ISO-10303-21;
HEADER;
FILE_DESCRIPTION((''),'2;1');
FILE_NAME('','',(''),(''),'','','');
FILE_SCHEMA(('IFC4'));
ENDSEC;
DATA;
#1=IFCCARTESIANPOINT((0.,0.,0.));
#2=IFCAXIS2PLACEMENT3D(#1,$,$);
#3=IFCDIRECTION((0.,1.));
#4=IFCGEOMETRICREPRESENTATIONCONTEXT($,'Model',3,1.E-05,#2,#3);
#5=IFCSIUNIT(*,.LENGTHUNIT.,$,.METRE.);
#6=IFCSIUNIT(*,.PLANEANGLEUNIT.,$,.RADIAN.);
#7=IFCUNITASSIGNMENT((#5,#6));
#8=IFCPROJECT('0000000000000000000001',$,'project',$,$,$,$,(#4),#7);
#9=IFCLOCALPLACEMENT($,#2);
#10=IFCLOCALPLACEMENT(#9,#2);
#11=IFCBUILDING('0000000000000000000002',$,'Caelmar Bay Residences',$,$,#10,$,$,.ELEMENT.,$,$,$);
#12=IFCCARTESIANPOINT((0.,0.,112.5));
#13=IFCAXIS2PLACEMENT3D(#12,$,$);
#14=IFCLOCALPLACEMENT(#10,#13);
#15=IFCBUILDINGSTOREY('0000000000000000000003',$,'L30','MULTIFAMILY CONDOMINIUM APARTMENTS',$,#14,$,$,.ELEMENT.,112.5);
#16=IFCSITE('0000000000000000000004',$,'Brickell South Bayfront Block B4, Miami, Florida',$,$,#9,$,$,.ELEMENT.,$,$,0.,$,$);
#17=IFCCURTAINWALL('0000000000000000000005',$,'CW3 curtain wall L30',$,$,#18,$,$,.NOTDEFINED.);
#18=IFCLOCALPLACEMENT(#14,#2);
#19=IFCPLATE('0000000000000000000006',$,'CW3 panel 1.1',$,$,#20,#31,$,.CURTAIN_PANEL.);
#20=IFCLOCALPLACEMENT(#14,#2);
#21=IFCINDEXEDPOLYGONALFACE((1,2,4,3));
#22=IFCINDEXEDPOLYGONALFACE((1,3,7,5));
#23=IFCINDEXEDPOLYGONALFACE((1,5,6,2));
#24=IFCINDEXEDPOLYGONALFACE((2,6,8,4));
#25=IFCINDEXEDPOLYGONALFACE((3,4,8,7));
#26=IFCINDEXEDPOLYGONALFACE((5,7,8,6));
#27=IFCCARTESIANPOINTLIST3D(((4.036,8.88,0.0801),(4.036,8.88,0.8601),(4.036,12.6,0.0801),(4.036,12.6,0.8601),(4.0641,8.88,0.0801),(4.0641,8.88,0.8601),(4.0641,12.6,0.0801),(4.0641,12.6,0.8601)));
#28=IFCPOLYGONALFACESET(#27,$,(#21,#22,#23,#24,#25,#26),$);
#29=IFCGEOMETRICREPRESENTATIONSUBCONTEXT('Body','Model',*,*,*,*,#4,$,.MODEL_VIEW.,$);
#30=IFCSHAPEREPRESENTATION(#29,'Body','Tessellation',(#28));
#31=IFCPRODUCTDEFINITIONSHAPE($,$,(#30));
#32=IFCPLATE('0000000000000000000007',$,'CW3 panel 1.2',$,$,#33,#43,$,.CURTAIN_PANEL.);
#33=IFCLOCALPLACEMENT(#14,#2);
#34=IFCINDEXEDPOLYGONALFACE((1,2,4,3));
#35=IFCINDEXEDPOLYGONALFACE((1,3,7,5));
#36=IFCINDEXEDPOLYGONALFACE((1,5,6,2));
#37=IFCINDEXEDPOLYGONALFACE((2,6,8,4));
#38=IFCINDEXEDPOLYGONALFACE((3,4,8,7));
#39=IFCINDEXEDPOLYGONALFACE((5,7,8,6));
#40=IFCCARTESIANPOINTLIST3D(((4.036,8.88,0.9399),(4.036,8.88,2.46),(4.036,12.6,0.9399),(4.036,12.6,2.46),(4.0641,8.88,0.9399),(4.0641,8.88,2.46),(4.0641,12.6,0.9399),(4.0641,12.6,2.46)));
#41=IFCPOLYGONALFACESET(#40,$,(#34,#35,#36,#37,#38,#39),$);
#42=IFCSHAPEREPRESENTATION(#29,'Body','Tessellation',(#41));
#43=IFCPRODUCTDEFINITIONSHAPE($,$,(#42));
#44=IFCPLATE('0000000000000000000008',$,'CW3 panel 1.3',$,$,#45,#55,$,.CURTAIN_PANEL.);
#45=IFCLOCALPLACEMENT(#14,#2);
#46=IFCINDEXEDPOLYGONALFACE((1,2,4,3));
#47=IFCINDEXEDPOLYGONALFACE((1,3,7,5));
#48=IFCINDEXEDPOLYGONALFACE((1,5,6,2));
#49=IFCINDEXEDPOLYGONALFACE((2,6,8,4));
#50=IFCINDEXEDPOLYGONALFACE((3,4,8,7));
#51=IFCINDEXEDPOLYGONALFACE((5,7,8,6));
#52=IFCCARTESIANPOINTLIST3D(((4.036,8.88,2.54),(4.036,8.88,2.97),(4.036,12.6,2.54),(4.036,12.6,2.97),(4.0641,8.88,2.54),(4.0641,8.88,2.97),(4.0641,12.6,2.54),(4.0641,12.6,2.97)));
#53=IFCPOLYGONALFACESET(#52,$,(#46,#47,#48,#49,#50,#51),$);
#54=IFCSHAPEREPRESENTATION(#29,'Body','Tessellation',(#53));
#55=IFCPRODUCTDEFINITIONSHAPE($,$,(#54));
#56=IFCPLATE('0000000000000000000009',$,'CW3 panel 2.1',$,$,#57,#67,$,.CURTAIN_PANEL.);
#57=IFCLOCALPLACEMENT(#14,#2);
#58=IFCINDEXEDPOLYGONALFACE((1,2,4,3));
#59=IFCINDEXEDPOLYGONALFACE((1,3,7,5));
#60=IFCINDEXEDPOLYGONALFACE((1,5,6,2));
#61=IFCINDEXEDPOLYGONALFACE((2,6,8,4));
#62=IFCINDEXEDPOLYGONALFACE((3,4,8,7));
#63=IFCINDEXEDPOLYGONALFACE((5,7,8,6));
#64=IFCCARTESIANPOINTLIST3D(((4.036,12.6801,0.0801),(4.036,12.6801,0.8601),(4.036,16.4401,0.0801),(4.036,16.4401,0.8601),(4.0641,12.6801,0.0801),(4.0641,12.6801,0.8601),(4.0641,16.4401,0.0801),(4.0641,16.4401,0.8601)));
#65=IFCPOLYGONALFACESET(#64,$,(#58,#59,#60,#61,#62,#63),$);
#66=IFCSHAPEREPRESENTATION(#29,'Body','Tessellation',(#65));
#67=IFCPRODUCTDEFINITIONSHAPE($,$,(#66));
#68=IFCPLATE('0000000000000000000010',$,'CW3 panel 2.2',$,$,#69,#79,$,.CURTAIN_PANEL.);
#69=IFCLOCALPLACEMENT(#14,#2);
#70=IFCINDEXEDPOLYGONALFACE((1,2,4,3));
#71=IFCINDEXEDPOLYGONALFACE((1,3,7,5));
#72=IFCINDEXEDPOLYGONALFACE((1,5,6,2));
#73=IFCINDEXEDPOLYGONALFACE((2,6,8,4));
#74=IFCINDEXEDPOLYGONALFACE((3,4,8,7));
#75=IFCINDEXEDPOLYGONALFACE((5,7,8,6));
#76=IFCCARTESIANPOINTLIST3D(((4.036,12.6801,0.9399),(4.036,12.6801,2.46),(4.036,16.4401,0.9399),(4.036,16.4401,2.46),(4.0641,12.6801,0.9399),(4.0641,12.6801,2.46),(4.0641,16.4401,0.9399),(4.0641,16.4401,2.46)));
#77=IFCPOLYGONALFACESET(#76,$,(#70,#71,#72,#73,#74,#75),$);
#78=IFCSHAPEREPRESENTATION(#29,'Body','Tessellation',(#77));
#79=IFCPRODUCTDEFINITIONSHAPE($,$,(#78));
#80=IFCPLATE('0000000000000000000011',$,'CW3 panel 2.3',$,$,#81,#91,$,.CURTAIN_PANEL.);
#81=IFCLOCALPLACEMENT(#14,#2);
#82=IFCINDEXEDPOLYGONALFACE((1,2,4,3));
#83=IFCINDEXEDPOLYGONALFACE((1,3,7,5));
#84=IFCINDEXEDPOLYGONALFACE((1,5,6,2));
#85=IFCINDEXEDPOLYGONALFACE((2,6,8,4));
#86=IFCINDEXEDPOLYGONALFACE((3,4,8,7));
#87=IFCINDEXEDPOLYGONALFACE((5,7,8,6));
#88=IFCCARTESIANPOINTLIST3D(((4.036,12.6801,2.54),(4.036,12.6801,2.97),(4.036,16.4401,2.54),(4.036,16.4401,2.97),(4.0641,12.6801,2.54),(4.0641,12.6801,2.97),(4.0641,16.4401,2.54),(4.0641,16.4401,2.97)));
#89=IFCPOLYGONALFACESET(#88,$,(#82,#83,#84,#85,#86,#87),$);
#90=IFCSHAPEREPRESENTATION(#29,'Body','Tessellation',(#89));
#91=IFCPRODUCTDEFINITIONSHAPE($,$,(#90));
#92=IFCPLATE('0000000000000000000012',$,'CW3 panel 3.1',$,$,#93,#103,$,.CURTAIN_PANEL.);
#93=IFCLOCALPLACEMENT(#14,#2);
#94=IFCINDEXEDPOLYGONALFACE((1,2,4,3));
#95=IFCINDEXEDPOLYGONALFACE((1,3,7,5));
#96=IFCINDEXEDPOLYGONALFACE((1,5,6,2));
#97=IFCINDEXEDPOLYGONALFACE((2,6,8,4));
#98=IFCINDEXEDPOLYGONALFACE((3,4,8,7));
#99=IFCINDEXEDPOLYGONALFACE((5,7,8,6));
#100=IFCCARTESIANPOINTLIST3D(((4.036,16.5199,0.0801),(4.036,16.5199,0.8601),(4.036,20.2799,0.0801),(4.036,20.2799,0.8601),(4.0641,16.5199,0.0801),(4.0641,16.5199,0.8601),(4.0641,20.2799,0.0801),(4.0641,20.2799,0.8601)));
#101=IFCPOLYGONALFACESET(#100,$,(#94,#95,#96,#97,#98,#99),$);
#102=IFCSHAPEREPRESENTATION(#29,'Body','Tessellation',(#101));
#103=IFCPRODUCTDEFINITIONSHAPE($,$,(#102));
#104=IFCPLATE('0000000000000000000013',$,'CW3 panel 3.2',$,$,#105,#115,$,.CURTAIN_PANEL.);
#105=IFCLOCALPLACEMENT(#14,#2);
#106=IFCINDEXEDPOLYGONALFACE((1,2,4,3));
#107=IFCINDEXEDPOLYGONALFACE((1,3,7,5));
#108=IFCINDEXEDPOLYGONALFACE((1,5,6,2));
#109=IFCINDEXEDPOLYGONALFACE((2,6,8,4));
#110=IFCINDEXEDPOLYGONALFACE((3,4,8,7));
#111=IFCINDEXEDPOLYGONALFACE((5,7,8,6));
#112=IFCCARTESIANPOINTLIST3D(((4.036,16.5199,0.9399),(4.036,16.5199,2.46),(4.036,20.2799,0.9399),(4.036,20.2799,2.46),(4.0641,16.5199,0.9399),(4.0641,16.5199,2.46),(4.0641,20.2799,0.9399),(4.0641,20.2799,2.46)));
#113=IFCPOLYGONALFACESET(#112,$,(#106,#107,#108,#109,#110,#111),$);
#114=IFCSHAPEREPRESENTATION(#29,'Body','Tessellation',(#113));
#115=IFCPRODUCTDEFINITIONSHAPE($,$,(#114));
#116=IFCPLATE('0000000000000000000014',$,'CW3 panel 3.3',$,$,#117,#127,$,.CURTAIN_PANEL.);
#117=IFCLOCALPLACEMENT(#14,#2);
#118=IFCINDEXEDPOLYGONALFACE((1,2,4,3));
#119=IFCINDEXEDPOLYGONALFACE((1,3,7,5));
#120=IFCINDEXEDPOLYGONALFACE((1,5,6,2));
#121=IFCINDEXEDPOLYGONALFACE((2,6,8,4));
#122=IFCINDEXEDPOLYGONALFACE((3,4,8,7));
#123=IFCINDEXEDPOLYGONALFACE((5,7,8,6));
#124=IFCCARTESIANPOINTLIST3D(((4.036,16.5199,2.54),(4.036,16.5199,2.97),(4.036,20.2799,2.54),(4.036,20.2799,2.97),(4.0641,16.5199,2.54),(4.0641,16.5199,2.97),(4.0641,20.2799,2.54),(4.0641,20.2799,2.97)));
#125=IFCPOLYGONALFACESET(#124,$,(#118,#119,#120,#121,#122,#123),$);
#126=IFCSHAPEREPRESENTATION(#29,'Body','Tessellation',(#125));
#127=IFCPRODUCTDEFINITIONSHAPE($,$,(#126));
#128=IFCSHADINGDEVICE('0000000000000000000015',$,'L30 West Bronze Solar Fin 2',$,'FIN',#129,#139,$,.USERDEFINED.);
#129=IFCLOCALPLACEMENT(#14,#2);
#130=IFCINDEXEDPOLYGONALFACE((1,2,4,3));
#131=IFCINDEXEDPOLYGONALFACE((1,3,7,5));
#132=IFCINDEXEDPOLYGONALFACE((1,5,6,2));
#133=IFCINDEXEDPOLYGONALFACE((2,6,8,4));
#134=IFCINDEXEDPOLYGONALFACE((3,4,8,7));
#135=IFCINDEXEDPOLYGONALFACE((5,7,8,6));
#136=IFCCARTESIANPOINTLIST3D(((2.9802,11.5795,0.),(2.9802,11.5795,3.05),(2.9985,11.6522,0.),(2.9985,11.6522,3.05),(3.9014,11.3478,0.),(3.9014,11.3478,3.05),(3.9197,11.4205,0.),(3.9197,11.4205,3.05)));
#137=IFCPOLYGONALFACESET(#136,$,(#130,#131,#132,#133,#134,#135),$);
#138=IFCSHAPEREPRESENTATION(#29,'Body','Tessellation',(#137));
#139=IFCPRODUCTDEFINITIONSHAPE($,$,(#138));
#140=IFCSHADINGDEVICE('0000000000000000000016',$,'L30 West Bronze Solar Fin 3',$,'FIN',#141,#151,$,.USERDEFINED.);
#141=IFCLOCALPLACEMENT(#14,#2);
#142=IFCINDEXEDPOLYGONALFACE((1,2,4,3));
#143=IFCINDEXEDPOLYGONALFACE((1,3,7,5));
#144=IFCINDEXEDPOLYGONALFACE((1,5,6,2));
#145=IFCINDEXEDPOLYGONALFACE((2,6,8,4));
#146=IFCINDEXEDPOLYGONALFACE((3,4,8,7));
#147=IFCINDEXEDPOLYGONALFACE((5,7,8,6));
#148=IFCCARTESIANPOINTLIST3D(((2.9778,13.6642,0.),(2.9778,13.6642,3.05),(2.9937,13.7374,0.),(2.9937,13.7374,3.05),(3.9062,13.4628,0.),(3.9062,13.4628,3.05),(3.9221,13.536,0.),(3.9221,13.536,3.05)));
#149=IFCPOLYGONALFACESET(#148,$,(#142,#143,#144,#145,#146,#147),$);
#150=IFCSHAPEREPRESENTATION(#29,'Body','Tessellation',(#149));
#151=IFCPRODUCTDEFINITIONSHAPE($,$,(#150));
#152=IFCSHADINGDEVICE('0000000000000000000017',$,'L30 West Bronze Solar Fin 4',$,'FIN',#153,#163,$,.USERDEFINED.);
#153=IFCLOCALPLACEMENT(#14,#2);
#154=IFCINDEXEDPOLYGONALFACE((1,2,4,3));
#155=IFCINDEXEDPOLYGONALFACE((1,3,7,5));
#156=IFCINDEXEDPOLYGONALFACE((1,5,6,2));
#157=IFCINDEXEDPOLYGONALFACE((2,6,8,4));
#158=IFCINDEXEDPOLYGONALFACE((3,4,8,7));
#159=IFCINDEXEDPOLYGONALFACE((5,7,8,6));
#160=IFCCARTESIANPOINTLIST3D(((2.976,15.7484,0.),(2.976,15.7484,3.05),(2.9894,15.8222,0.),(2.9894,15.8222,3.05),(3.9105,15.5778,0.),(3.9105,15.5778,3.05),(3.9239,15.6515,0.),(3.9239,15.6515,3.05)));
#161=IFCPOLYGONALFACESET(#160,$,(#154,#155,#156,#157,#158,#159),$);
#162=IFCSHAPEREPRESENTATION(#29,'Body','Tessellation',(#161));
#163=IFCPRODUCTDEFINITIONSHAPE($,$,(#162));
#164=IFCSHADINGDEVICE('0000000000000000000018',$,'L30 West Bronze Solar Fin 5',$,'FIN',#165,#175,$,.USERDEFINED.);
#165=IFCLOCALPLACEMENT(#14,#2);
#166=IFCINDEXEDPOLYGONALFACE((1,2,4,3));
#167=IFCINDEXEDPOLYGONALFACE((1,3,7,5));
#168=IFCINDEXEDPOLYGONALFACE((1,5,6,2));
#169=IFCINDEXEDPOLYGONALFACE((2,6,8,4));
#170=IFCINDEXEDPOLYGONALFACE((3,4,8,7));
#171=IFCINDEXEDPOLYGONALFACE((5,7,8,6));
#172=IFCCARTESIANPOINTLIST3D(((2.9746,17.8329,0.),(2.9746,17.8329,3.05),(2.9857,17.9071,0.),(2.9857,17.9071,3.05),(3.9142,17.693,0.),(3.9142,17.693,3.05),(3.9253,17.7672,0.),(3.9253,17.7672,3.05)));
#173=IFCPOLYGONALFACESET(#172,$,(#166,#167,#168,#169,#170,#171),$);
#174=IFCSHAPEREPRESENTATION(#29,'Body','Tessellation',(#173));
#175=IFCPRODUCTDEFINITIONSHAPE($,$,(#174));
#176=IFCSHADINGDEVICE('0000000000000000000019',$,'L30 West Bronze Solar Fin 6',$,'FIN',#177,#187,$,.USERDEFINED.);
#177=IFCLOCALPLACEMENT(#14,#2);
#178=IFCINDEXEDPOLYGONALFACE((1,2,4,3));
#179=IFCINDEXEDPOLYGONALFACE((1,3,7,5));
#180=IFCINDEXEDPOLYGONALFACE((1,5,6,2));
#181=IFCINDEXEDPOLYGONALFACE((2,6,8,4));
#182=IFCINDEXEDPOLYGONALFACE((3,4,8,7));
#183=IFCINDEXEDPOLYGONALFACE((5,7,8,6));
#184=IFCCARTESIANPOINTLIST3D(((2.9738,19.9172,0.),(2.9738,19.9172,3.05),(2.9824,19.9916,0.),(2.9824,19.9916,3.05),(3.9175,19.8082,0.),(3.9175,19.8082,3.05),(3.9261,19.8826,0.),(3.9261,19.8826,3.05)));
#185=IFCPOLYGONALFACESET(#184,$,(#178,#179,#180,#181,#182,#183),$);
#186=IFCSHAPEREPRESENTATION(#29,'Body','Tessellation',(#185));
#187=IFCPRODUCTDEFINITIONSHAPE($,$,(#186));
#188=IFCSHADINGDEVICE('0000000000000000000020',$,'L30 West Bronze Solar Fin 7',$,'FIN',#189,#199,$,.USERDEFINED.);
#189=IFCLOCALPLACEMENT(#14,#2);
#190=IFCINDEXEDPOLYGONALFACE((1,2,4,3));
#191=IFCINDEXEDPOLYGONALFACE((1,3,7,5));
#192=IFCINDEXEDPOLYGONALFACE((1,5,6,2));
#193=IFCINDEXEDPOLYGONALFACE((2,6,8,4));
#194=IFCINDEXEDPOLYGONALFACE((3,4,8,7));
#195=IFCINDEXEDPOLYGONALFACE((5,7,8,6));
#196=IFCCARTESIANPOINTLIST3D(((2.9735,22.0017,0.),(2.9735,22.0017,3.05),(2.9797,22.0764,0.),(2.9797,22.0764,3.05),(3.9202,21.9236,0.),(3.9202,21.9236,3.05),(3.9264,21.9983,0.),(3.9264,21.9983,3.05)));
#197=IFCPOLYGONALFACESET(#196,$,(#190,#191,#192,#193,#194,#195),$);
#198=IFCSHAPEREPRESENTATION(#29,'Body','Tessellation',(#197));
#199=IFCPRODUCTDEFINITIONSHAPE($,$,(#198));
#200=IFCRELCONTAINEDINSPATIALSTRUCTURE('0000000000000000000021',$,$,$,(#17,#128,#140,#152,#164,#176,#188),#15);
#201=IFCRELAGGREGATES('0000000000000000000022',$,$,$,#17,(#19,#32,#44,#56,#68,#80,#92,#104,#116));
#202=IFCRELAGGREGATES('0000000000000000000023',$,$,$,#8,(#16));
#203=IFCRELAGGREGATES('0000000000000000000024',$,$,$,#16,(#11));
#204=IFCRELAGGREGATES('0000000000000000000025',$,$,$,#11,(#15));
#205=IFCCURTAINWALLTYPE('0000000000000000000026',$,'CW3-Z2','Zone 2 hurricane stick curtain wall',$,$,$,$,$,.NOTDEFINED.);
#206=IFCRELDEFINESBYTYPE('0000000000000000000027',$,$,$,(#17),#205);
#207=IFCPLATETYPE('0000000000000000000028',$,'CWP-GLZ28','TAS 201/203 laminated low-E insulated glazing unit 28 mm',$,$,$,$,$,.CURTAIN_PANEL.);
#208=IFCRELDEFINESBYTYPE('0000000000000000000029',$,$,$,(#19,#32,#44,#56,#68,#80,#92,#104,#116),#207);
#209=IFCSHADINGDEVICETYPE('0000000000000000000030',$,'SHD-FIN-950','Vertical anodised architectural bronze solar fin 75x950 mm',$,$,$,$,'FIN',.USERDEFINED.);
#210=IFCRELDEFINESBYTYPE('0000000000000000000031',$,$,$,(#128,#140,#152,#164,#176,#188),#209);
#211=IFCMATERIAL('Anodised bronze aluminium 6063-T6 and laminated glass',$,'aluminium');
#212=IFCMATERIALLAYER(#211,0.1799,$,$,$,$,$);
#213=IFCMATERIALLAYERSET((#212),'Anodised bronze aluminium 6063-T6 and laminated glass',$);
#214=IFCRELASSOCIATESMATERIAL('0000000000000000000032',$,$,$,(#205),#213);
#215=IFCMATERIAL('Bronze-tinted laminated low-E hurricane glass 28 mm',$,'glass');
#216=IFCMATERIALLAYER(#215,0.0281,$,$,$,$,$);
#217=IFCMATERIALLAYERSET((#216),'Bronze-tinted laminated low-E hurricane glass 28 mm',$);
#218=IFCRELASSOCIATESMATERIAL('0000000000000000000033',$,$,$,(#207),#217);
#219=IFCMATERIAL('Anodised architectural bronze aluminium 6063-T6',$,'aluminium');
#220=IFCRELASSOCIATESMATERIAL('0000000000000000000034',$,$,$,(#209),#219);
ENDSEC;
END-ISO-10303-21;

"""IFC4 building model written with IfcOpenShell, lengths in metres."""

from ifc_helpers import new_model, si_unit, direction, frame, origin, origin_2d, place, context, subcontext, project, spatial, rectangle, extrude, material, layer, layer_set, material_profile, profile_set, type_object, element, aggregate, save


model = new_model("IFC4")

# Units and contexts
model_context = context("Model", 3, precision=1e-05, world=origin(), true_north=direction((0.0, 1.0)))
body_context = subcontext(model_context, "Body", "Model", "MODEL_VIEW")
ifc_project = project(units=[si_unit("LENGTHUNIT", "METRE"), si_unit("PLANEANGLEUNIT", "RADIAN")], contexts=[model_context])

# Site, building, storey
site_placement = place(None, origin())
site = spatial("IfcSite", under=ifc_project, at=site_placement, Name="Brickell South Bayfront Block B4, Miami, Florida", CompositionType="ELEMENT", RefElevation=0.0)
building_placement = place(site_placement, origin())
building = spatial("IfcBuilding", under=site, at=building_placement, Name="Caelmar Bay Residences", CompositionType="ELEMENT")
storey_placement = place(building_placement, frame((0.0, 0.0, 112.5)))
storey = spatial("IfcBuildingStorey", under=building, at=storey_placement, Name="L30", Description="MULTIFAMILY CONDOMINIUM APARTMENTS", CompositionType="ELEMENT", Elevation=112.5)

# Curtain wall, plates
ifc_material_1 = material(Name="Anodised bronze aluminium 6063-T6 and laminated glass", Category="aluminium")
ifc_layer_1 = layer(ifc_material_1, 0.1799)
ifc_layer_set_1 = layer_set([ifc_layer_1], Name="Anodised bronze aluminium 6063-T6 and laminated glass")
curtain_wall_type = type_object("IfcCurtainWallType", Name="CW3-Z2", Description="Zone 2 hurricane stick curtain wall", PredefinedType="NOTDEFINED", material=ifc_layer_set_1)
curtain_wall_placement = place(storey_placement, origin())
curtain_wall = element("IfcCurtainWall", 1, at=curtain_wall_placement, inside=storey, type_object=curtain_wall_type, Name="CW3 curtain wall L30", PredefinedType="NOTDEFINED")
ifc_material_2 = material(Name="Bronze-tinted laminated low-E hurricane glass 28 mm", Category="glass")
ifc_layer_2 = layer(ifc_material_2, 0.0281)
ifc_layer_set_2 = layer_set([ifc_layer_2], Name="Bronze-tinted laminated low-E hurricane glass 28 mm")
plate_type = type_object("IfcPlateType", Name="CWP-GLZ28", Description="TAS 201/203 laminated low-E insulated glazing unit 28 mm", PredefinedType="CURTAIN_PANEL", material=ifc_layer_set_2)
plate_1_placement = place(storey_placement, frame((4.05, 10.74, 0.0801), z_axis=(0.0, 0.0, 1.0), x_axis=(0.0, 1.0, 0.0)))
plate_1 = element("IfcPlate", 2, at=plate_1_placement, type_object=plate_type, Name="CW3 panel 1.1", PredefinedType="CURTAIN_PANEL", context=body_context, shape_type="SweptSolid", body=[
    extrude(rectangle(XDim=3.72, YDim=0.0281, at=origin_2d()), origin(), (0.0, 0.0, 1.0), 0.78),
])
plate_2_placement = place(storey_placement, frame((4.05, 10.74, 0.9399), z_axis=(0.0, 0.0, 1.0), x_axis=(0.0, 1.0, 0.0)))
plate_2 = element("IfcPlate", 3, at=plate_2_placement, type_object=plate_type, Name="CW3 panel 1.2", PredefinedType="CURTAIN_PANEL", context=body_context, shape_type="SweptSolid", body=[
    extrude(rectangle(XDim=3.72, YDim=0.0281, at=origin_2d()), origin(), (0.0, 0.0, 1.0), 1.52),
])
plate_3_placement = place(storey_placement, frame((4.05, 10.74, 2.54), z_axis=(0.0, 0.0, 1.0), x_axis=(0.0, 1.0, 0.0)))
plate_3 = element("IfcPlate", 4, at=plate_3_placement, type_object=plate_type, Name="CW3 panel 1.3", PredefinedType="CURTAIN_PANEL", context=body_context, shape_type="SweptSolid", body=[
    extrude(rectangle(XDim=3.72, YDim=0.0281, at=origin_2d()), origin(), (0.0, 0.0, 1.0), 0.4299),
])
plate_4_placement = place(storey_placement, frame((4.05, 14.5601, 0.0801), z_axis=(0.0, 0.0, 1.0), x_axis=(0.0, 1.0, 0.0)))
plate_4 = element("IfcPlate", 5, at=plate_4_placement, type_object=plate_type, Name="CW3 panel 2.1", PredefinedType="CURTAIN_PANEL", context=body_context, shape_type="SweptSolid", body=[
    extrude(rectangle(XDim=3.76, YDim=0.0281, at=origin_2d()), origin(), (0.0, 0.0, 1.0), 0.78),
])
plate_5_placement = place(storey_placement, frame((4.05, 14.5601, 0.9399), z_axis=(0.0, 0.0, 1.0), x_axis=(0.0, 1.0, 0.0)))
plate_5 = element("IfcPlate", 6, at=plate_5_placement, type_object=plate_type, Name="CW3 panel 2.2", PredefinedType="CURTAIN_PANEL", context=body_context, shape_type="SweptSolid", body=[
    extrude(rectangle(XDim=3.76, YDim=0.0281, at=origin_2d()), origin(), (0.0, 0.0, 1.0), 1.52),
])
plate_6_placement = place(storey_placement, frame((4.05, 14.5601, 2.54), z_axis=(0.0, 0.0, 1.0), x_axis=(0.0, 1.0, 0.0)))
plate_6 = element("IfcPlate", 7, at=plate_6_placement, type_object=plate_type, Name="CW3 panel 2.3", PredefinedType="CURTAIN_PANEL", context=body_context, shape_type="SweptSolid", body=[
    extrude(rectangle(XDim=3.76, YDim=0.0281, at=origin_2d()), origin(), (0.0, 0.0, 1.0), 0.4299),
])
plate_7_placement = place(storey_placement, frame((4.05, 18.3999, 0.0801), z_axis=(0.0, 0.0, 1.0), x_axis=(0.0, 1.0, 0.0)))
plate_7 = element("IfcPlate", 8, at=plate_7_placement, type_object=plate_type, Name="CW3 panel 3.1", PredefinedType="CURTAIN_PANEL", context=body_context, shape_type="SweptSolid", body=[
    extrude(rectangle(XDim=3.76, YDim=0.0281, at=origin_2d()), origin(), (0.0, 0.0, 1.0), 0.78),
])
plate_8_placement = place(storey_placement, frame((4.05, 18.3999, 0.9399), z_axis=(0.0, 0.0, 1.0), x_axis=(0.0, 1.0, 0.0)))
plate_8 = element("IfcPlate", 9, at=plate_8_placement, type_object=plate_type, Name="CW3 panel 3.2", PredefinedType="CURTAIN_PANEL", context=body_context, shape_type="SweptSolid", body=[
    extrude(rectangle(XDim=3.76, YDim=0.0281, at=origin_2d()), origin(), (0.0, 0.0, 1.0), 1.52),
])
plate_9_placement = place(storey_placement, frame((4.05, 18.3999, 2.54), z_axis=(0.0, 0.0, 1.0), x_axis=(0.0, 1.0, 0.0)))
plate_9 = element("IfcPlate", 10, at=plate_9_placement, type_object=plate_type, Name="CW3 panel 3.3", PredefinedType="CURTAIN_PANEL", context=body_context, shape_type="SweptSolid", body=[
    extrude(rectangle(XDim=3.76, YDim=0.0281, at=origin_2d()), origin(), (0.0, 0.0, 1.0), 0.4299),
])
aggregate(curtain_wall, [plate_1, plate_2, plate_3, plate_4, plate_5, plate_6, plate_7, plate_8, plate_9])

# Shading devices
ifc_material_3 = material(Name="Anodised architectural bronze aluminium 6063-T6", Category="aluminium")
ifc_material_profile_1 = material_profile(ifc_material_3, rectangle(XDim=0.075, YDim=0.95, at=origin_2d()), Name="BRONZE-FIN-75X950")
ifc_profile_set_1 = profile_set([ifc_material_profile_1], Name="Anodised architectural bronze aluminium 6063-T6")
shading_device_type = type_object("IfcShadingDeviceType", Name="SHD-FIN-950", Description="Vertical anodised architectural bronze solar fin 75x950 mm", ElementType="FIN", PredefinedType="USERDEFINED", material=ifc_profile_set_1)
for number, where, z_axis, x_axis, name in (
    (11, (3.45, 11.5, 0.0), (0.0, 0.0, 1.0), (0.243954, 0.969787, 0.0), "L30 West Bronze Solar Fin 2"),
    (12, (3.45, 13.6001, 0.0), (0.0, 0.0, 1.0), (0.212007, 0.977268, 0.0), "L30 West Bronze Solar Fin 3"),
    (13, (3.45, 15.7, 0.0), (0.0, 0.0, 1.0), (0.179661, 0.983729, 0.0), "L30 West Bronze Solar Fin 4"),
    (14, (3.45, 17.8, 0.0), (0.0, 0.0, 1.0), (0.147292, 0.989093, 0.0), "L30 West Bronze Solar Fin 5"),
    (15, (3.45, 19.8999, 0.0), (0.0, 0.0, 1.0), (0.114764, 0.993393, 0.0), "L30 West Bronze Solar Fin 6"),
    (16, (3.45, 22.0, 0.0), (0.0, 0.0, 1.0), (0.082112, 0.996623, 0.0), "L30 West Bronze Solar Fin 7"),
):
    element("IfcShadingDevice", number, at=place(storey_placement, frame(where, z_axis=z_axis, x_axis=x_axis)), inside=storey, type_object=shading_device_type, Name=name, ObjectType="FIN", PredefinedType="USERDEFINED", context=body_context, shape_type="SweptSolid", body=[
        extrude(rectangle(XDim=0.075, YDim=0.95, at=origin_2d()), origin(), (0.0, 0.0, 1.0), 3.05),
    ])

save(model, "model.ifc")
